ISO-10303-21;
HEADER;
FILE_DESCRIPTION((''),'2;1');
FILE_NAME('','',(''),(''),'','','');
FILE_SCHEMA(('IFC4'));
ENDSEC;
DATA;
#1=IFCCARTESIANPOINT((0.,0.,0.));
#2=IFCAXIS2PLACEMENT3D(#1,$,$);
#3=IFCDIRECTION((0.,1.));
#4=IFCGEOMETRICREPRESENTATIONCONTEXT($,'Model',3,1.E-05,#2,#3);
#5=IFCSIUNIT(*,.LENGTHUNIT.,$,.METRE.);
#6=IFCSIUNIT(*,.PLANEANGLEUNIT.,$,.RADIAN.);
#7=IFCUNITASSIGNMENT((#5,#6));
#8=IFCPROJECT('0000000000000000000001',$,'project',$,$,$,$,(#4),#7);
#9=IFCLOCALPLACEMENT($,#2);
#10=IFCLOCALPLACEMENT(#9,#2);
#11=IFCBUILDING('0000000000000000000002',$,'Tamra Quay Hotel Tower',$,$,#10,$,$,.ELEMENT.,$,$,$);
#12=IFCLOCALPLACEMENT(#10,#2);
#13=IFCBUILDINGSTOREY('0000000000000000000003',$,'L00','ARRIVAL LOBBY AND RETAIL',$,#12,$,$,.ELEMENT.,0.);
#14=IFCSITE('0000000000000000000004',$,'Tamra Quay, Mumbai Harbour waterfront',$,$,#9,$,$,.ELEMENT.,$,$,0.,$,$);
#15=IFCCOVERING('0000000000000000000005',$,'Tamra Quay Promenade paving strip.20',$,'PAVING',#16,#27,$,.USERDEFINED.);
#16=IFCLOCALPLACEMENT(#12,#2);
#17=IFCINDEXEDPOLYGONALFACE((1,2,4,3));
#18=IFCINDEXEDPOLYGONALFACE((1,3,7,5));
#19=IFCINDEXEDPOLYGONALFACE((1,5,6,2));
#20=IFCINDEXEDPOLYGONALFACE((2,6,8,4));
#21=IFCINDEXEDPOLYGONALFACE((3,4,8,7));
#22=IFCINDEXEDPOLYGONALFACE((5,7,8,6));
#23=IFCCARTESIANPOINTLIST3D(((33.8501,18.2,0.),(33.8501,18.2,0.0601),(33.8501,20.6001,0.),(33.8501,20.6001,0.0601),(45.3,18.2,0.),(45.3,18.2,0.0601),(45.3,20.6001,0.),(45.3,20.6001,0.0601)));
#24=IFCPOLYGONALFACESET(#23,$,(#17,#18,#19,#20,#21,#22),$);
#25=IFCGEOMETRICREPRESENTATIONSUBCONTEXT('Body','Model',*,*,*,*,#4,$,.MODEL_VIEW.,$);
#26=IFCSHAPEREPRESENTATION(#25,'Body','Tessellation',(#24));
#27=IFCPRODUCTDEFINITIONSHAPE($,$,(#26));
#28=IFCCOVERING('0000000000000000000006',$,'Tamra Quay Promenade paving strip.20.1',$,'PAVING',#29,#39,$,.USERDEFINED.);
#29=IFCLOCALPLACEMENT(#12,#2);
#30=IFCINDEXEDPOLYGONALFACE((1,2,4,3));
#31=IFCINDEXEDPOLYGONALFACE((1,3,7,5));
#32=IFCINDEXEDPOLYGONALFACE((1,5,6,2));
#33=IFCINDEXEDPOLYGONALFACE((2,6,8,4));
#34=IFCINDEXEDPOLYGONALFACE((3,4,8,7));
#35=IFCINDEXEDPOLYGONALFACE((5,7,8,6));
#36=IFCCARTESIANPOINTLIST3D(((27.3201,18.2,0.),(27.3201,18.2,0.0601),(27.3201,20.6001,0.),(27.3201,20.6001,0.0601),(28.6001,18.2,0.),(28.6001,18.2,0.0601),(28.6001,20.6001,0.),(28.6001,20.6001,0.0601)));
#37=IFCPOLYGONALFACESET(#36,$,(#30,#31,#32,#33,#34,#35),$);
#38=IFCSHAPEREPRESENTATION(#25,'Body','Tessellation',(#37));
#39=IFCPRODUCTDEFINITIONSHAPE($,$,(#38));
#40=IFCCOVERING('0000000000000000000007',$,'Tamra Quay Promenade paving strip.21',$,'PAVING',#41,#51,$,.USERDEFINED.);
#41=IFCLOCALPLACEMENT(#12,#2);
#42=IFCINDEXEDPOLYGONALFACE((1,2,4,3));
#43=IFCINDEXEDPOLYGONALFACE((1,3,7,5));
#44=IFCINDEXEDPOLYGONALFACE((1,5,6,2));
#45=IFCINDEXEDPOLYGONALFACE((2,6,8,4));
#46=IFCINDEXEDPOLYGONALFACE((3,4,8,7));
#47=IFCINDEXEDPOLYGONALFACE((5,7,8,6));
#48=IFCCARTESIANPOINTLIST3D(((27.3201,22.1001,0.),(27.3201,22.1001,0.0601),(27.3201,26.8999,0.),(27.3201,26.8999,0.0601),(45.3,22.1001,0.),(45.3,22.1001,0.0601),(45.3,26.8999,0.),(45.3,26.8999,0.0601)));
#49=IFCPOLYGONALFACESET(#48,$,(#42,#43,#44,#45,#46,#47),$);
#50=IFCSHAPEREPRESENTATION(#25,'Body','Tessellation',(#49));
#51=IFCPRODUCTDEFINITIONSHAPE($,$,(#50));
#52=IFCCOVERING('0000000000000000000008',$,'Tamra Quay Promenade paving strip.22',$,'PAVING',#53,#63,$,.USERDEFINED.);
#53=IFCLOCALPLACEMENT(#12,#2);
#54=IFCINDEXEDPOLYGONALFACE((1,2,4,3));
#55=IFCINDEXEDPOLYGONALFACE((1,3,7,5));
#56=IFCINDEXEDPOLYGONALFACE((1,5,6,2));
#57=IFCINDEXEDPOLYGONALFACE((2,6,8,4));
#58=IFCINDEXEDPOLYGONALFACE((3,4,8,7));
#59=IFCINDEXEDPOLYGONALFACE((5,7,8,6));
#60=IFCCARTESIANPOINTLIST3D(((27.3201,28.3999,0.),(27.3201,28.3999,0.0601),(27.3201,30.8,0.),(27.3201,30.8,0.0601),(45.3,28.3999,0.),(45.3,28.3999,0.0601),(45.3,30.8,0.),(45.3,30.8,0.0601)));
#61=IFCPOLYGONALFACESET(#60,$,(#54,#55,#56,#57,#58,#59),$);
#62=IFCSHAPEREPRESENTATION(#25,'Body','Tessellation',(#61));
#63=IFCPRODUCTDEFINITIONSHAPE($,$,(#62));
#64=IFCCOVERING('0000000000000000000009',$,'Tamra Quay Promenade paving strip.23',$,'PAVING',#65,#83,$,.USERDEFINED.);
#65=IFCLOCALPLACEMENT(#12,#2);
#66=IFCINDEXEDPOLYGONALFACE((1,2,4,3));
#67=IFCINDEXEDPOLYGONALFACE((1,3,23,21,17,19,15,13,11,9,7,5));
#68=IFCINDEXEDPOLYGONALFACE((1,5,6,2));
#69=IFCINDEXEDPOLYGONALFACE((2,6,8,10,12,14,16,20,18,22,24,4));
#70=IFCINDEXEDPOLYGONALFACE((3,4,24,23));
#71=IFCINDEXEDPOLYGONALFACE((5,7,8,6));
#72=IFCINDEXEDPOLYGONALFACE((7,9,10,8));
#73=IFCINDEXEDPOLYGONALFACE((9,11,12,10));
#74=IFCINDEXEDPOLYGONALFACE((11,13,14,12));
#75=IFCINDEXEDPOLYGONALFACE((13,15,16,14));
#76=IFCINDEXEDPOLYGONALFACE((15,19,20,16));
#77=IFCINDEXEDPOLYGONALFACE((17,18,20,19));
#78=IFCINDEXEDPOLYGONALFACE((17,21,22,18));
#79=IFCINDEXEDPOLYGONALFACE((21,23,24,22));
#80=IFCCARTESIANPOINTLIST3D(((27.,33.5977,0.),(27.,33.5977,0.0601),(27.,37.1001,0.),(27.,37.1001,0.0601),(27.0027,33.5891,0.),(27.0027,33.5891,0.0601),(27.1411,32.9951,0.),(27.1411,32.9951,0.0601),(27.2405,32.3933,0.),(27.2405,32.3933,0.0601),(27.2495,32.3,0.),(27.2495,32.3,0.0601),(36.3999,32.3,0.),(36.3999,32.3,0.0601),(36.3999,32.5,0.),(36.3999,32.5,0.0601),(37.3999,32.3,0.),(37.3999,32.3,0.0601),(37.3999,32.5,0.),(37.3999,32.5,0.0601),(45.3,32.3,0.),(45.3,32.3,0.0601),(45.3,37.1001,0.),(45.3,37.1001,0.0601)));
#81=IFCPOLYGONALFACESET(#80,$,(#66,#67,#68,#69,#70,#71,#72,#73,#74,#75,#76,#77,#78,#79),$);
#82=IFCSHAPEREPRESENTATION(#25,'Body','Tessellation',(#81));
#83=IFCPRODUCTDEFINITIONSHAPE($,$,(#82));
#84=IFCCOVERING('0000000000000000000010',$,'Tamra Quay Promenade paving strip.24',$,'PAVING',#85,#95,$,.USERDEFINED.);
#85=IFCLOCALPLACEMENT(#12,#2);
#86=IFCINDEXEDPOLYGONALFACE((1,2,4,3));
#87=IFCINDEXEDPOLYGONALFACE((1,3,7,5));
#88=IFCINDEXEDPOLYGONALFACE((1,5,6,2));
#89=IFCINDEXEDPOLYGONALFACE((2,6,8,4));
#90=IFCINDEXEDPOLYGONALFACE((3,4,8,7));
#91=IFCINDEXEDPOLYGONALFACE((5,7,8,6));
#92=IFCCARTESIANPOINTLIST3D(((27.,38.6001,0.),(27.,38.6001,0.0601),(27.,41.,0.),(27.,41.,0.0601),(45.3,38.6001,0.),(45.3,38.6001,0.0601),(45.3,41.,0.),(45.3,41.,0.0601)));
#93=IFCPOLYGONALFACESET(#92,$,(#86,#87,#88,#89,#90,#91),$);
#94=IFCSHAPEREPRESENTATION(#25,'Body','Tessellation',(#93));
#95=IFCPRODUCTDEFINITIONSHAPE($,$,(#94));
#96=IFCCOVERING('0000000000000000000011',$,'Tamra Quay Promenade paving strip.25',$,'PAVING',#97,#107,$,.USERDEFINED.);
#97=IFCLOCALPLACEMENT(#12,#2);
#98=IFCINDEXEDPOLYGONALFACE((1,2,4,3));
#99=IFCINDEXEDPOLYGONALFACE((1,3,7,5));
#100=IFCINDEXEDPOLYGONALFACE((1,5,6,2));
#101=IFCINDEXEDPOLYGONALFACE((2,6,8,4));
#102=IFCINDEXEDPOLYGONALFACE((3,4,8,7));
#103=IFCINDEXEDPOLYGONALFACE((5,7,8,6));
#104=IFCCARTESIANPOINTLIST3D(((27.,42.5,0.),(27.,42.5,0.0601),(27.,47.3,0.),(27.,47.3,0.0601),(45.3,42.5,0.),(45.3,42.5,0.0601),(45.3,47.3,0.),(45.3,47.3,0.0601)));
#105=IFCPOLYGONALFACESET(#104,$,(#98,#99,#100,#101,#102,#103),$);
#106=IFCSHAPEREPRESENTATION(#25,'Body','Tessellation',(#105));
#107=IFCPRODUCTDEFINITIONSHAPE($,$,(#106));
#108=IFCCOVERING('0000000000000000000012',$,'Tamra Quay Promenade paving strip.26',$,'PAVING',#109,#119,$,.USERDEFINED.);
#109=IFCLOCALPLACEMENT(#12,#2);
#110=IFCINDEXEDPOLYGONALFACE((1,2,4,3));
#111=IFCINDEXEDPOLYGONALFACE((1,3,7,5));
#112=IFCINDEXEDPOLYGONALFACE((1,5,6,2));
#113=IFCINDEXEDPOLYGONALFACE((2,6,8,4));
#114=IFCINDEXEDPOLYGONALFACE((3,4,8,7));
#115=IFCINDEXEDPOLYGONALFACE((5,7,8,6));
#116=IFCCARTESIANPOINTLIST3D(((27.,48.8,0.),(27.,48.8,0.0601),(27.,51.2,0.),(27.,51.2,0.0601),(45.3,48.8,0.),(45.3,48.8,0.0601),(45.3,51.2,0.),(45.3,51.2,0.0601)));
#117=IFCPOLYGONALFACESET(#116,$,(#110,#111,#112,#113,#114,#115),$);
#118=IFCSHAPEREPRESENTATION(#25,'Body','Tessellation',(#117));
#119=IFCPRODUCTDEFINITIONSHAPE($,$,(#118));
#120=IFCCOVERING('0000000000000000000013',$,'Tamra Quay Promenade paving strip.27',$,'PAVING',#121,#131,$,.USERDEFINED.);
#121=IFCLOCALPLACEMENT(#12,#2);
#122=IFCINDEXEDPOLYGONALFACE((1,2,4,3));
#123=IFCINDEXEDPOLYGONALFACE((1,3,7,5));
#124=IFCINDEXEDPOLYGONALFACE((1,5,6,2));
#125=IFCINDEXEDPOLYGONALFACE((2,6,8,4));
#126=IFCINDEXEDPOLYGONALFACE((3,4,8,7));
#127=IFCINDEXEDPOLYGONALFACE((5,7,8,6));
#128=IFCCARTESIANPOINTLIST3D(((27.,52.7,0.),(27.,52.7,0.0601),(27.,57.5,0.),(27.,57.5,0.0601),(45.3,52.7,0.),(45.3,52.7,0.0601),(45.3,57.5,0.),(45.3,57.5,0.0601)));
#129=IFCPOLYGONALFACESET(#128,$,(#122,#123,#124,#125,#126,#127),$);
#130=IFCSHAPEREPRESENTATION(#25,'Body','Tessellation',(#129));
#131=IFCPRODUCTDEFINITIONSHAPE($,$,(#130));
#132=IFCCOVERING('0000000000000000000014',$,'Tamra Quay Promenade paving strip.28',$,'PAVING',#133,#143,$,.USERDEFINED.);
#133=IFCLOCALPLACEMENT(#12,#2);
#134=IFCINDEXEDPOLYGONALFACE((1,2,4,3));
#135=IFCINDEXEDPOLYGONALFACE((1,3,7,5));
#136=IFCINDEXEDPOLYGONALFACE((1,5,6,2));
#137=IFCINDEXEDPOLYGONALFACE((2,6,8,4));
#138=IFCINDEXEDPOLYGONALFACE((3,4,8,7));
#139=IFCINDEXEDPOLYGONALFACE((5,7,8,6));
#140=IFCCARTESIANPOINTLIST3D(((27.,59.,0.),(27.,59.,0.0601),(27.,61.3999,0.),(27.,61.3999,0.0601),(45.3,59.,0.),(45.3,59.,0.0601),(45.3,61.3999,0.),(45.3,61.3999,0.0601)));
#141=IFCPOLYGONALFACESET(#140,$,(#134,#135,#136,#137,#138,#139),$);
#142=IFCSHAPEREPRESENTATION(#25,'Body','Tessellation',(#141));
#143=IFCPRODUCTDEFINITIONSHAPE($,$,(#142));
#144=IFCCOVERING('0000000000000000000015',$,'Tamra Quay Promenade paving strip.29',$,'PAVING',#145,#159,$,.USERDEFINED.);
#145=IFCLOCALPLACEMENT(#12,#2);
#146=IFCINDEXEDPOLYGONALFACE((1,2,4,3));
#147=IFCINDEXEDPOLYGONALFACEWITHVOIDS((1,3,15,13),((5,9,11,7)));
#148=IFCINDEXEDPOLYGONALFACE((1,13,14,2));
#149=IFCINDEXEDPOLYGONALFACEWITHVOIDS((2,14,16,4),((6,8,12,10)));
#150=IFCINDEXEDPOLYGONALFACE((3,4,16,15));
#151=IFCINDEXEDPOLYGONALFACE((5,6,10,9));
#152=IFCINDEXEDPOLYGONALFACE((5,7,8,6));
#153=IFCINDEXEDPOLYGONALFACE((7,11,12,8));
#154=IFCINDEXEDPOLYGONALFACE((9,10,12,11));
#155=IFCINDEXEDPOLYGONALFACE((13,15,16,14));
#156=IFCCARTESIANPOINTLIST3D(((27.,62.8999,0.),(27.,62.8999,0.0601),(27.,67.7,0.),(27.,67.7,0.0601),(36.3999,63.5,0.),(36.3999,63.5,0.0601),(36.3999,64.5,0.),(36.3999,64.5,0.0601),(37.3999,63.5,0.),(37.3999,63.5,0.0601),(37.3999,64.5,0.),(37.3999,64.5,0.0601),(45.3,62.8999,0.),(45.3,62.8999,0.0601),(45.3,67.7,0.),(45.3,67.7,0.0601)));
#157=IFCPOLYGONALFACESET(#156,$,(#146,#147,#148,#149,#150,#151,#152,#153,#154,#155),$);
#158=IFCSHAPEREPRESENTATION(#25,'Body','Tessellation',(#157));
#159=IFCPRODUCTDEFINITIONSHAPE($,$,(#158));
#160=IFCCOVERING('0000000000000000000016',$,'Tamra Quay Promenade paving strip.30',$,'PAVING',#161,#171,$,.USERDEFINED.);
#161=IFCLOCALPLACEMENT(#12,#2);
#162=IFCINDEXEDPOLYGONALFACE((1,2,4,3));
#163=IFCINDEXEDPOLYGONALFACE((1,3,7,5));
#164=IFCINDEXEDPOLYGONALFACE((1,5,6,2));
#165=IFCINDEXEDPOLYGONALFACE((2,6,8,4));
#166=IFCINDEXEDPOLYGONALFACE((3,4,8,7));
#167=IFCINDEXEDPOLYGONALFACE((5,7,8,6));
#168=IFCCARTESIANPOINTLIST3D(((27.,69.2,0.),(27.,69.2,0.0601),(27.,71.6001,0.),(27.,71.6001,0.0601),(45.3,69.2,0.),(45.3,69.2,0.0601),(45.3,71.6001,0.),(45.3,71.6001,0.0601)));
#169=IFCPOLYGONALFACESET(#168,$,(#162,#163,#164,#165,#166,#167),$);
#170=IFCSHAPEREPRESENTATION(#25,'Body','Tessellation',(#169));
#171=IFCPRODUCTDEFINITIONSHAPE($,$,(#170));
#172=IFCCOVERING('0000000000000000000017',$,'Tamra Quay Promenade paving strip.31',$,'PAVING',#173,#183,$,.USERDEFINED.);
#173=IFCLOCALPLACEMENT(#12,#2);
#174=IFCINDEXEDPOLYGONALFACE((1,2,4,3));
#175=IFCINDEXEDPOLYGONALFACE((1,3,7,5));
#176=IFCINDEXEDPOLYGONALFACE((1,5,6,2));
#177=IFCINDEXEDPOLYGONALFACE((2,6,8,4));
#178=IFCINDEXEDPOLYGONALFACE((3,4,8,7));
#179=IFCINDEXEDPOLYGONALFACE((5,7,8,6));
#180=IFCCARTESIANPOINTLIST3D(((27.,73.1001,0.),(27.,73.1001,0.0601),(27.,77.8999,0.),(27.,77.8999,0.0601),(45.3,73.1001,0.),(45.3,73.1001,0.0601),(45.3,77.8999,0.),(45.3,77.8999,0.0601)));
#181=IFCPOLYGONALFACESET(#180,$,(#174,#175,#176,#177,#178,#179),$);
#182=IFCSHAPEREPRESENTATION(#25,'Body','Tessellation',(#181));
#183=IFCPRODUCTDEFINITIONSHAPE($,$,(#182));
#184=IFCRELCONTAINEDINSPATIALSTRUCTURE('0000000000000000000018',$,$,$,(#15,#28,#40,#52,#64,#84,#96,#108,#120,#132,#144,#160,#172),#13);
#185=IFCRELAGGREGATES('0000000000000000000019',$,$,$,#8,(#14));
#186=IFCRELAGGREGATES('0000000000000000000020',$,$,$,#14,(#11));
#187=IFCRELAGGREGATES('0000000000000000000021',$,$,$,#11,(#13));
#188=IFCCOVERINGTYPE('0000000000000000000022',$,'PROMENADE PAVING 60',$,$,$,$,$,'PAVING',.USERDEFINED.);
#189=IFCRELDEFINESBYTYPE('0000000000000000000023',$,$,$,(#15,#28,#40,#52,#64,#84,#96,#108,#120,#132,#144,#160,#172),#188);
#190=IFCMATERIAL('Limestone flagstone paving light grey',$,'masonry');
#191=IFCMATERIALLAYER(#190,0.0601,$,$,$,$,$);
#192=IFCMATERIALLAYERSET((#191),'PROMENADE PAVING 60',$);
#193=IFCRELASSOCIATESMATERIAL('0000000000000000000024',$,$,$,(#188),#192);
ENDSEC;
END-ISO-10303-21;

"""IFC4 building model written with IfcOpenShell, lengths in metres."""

from ifc_helpers import new_model, si_unit, direction, origin, place, context, subcontext, project, spatial, polyline, outline, extrude, material, layer, layer_set, type_object, element, save


model = new_model("IFC4")

# Units and contexts
model_context = context("Model", 3, precision=1e-05, world=origin(), true_north=direction((0.0, 1.0)))
body_context = subcontext(model_context, "Body", "Model", "MODEL_VIEW")
ifc_project = project(units=[si_unit("LENGTHUNIT", "METRE"), si_unit("PLANEANGLEUNIT", "RADIAN")], contexts=[model_context])

# Site, building, storey
site_placement = place(None, origin())
site = spatial("IfcSite", under=ifc_project, at=site_placement, Name="Tamra Quay, Mumbai Harbour waterfront", CompositionType="ELEMENT", RefElevation=0.0)
building_placement = place(site_placement, origin())
building = spatial("IfcBuilding", under=site, at=building_placement, Name="Tamra Quay Hotel Tower", CompositionType="ELEMENT")
storey_placement = place(building_placement, origin())
storey = spatial("IfcBuildingStorey", under=building, at=storey_placement, Name="L00", Description="ARRIVAL LOBBY AND RETAIL", CompositionType="ELEMENT", Elevation=0.0)

# Coverings
ifc_material = material(Name="Limestone flagstone paving light grey", Category="masonry")
ifc_layer = layer(ifc_material, 0.0601)
ifc_layer_set = layer_set([ifc_layer], Name="PROMENADE PAVING 60")
covering_type = type_object("IfcCoveringType", Name="PROMENADE PAVING 60", ElementType="PAVING", PredefinedType="USERDEFINED", material=ifc_layer_set)
covering_1_placement = place(storey_placement, origin())
element("IfcCovering", 1, at=covering_1_placement, inside=storey, type_object=covering_type, Name="Tamra Quay Promenade paving strip.20", ObjectType="PAVING", PredefinedType="USERDEFINED", context=body_context, shape_type="SweptSolid", body=[
    extrude(outline(polyline([(45.3, 18.2), (45.3, 20.6001), (33.8501, 20.6001), (33.8501, 18.2), (45.3, 18.2)])), origin(), (0.0, 0.0, 1.0), 0.0601),
])
covering_2_placement = place(storey_placement, origin())
element("IfcCovering", 2, at=covering_2_placement, inside=storey, type_object=covering_type, Name="Tamra Quay Promenade paving strip.20.1", ObjectType="PAVING", PredefinedType="USERDEFINED", context=body_context, shape_type="SweptSolid", body=[
    extrude(outline(polyline([(27.3201, 20.6001), (27.3201, 18.2), (28.6001, 18.2), (28.6001, 20.6001), (27.3201, 20.6001)])), origin(), (0.0, 0.0, 1.0), 0.0601),
])
covering_3_placement = place(storey_placement, origin())
element("IfcCovering", 3, at=covering_3_placement, inside=storey, type_object=covering_type, Name="Tamra Quay Promenade paving strip.21", ObjectType="PAVING", PredefinedType="USERDEFINED", context=body_context, shape_type="SweptSolid", body=[
    extrude(outline(polyline([(27.3201, 26.8999), (27.3201, 22.1001), (45.3, 22.1001), (45.3, 26.8999), (27.3201, 26.8999)])), origin(), (0.0, 0.0, 1.0), 0.0601),
])
covering_4_placement = place(storey_placement, origin())
element("IfcCovering", 4, at=covering_4_placement, inside=storey, type_object=covering_type, Name="Tamra Quay Promenade paving strip.22", ObjectType="PAVING", PredefinedType="USERDEFINED", context=body_context, shape_type="SweptSolid", body=[
    extrude(outline(polyline([(27.3201, 30.8), (27.3201, 28.3999), (45.3, 28.3999), (45.3, 30.8), (27.3201, 30.8)])), origin(), (0.0, 0.0, 1.0), 0.0601),
])
covering_5_placement = place(storey_placement, origin())
element("IfcCovering", 5, at=covering_5_placement, inside=storey, type_object=covering_type, Name="Tamra Quay Promenade paving strip.23", ObjectType="PAVING", PredefinedType="USERDEFINED", context=body_context, shape_type="SweptSolid", body=[
    extrude(outline(polyline([(27.2405, 32.3933), (27.2495, 32.3), (36.3999, 32.3), (36.3999, 32.5), (37.3999, 32.5), (37.3999, 32.3), (45.3, 32.3), (45.3, 37.1001), (27.0, 37.1001), (27.0, 33.5977), (27.0027, 33.5891), (27.1411, 32.9951), (27.2405, 32.3933)])), origin(), (0.0, 0.0, 1.0), 0.0601),
])
covering_6_placement = place(storey_placement, origin())
element("IfcCovering", 6, at=covering_6_placement, inside=storey, type_object=covering_type, Name="Tamra Quay Promenade paving strip.24", ObjectType="PAVING", PredefinedType="USERDEFINED", context=body_context, shape_type="SweptSolid", body=[
    extrude(outline(polyline([(27.0, 41.0), (27.0, 38.6001), (45.3, 38.6001), (45.3, 41.0), (27.0, 41.0)])), origin(), (0.0, 0.0, 1.0), 0.0601),
])
covering_7_placement = place(storey_placement, origin())
element("IfcCovering", 7, at=covering_7_placement, inside=storey, type_object=covering_type, Name="Tamra Quay Promenade paving strip.25", ObjectType="PAVING", PredefinedType="USERDEFINED", context=body_context, shape_type="SweptSolid", body=[
    extrude(outline(polyline([(27.0, 47.3), (27.0, 42.5), (45.3, 42.5), (45.3, 47.3), (27.0, 47.3)])), origin(), (0.0, 0.0, 1.0), 0.0601),
])
covering_8_placement = place(storey_placement, origin())
element("IfcCovering", 8, at=covering_8_placement, inside=storey, type_object=covering_type, Name="Tamra Quay Promenade paving strip.26", ObjectType="PAVING", PredefinedType="USERDEFINED", context=body_context, shape_type="SweptSolid", body=[
    extrude(outline(polyline([(27.0, 51.2), (27.0, 48.8), (45.3, 48.8), (45.3, 51.2), (27.0, 51.2)])), origin(), (0.0, 0.0, 1.0), 0.0601),
])
covering_9_placement = place(storey_placement, origin())
element("IfcCovering", 9, at=covering_9_placement, inside=storey, type_object=covering_type, Name="Tamra Quay Promenade paving strip.27", ObjectType="PAVING", PredefinedType="USERDEFINED", context=body_context, shape_type="SweptSolid", body=[
    extrude(outline(polyline([(27.0, 57.5), (27.0, 52.7), (45.3, 52.7), (45.3, 57.5), (27.0, 57.5)])), origin(), (0.0, 0.0, 1.0), 0.0601),
])
covering_10_placement = place(storey_placement, origin())
element("IfcCovering", 10, at=covering_10_placement, inside=storey, type_object=covering_type, Name="Tamra Quay Promenade paving strip.28", ObjectType="PAVING", PredefinedType="USERDEFINED", context=body_context, shape_type="SweptSolid", body=[
    extrude(outline(polyline([(27.0, 61.3999), (27.0, 59.0), (45.3, 59.0), (45.3, 61.3999), (27.0, 61.3999)])), origin(), (0.0, 0.0, 1.0), 0.0601),
])
covering_11_placement = place(storey_placement, origin())
element("IfcCovering", 11, at=covering_11_placement, inside=storey, type_object=covering_type, Name="Tamra Quay Promenade paving strip.29", ObjectType="PAVING", PredefinedType="USERDEFINED", context=body_context, shape_type="SweptSolid", body=[
    extrude(outline(polyline([(27.0, 67.7), (27.0, 62.8999), (45.3, 62.8999), (45.3, 67.7), (27.0, 67.7)]), holes=[polyline([(36.3999, 64.5), (36.3999, 63.5), (37.3999, 63.5), (37.3999, 64.5), (36.3999, 64.5)])]), origin(), (0.0, 0.0, 1.0), 0.0601),
])
covering_12_placement = place(storey_placement, origin())
element("IfcCovering", 12, at=covering_12_placement, inside=storey, type_object=covering_type, Name="Tamra Quay Promenade paving strip.30", ObjectType="PAVING", PredefinedType="USERDEFINED", context=body_context, shape_type="SweptSolid", body=[
    extrude(outline(polyline([(27.0, 71.6001), (27.0, 69.2), (45.3, 69.2), (45.3, 71.6001), (27.0, 71.6001)])), origin(), (0.0, 0.0, 1.0), 0.0601),
])
covering_13_placement = place(storey_placement, origin())
element("IfcCovering", 13, at=covering_13_placement, inside=storey, type_object=covering_type, Name="Tamra Quay Promenade paving strip.31", ObjectType="PAVING", PredefinedType="USERDEFINED", context=body_context, shape_type="SweptSolid", body=[
    extrude(outline(polyline([(27.0, 77.8999), (27.0, 73.1001), (45.3, 73.1001), (45.3, 77.8999), (27.0, 77.8999)])), origin(), (0.0, 0.0, 1.0), 0.0601),
])

save(model, "model.ifc")
